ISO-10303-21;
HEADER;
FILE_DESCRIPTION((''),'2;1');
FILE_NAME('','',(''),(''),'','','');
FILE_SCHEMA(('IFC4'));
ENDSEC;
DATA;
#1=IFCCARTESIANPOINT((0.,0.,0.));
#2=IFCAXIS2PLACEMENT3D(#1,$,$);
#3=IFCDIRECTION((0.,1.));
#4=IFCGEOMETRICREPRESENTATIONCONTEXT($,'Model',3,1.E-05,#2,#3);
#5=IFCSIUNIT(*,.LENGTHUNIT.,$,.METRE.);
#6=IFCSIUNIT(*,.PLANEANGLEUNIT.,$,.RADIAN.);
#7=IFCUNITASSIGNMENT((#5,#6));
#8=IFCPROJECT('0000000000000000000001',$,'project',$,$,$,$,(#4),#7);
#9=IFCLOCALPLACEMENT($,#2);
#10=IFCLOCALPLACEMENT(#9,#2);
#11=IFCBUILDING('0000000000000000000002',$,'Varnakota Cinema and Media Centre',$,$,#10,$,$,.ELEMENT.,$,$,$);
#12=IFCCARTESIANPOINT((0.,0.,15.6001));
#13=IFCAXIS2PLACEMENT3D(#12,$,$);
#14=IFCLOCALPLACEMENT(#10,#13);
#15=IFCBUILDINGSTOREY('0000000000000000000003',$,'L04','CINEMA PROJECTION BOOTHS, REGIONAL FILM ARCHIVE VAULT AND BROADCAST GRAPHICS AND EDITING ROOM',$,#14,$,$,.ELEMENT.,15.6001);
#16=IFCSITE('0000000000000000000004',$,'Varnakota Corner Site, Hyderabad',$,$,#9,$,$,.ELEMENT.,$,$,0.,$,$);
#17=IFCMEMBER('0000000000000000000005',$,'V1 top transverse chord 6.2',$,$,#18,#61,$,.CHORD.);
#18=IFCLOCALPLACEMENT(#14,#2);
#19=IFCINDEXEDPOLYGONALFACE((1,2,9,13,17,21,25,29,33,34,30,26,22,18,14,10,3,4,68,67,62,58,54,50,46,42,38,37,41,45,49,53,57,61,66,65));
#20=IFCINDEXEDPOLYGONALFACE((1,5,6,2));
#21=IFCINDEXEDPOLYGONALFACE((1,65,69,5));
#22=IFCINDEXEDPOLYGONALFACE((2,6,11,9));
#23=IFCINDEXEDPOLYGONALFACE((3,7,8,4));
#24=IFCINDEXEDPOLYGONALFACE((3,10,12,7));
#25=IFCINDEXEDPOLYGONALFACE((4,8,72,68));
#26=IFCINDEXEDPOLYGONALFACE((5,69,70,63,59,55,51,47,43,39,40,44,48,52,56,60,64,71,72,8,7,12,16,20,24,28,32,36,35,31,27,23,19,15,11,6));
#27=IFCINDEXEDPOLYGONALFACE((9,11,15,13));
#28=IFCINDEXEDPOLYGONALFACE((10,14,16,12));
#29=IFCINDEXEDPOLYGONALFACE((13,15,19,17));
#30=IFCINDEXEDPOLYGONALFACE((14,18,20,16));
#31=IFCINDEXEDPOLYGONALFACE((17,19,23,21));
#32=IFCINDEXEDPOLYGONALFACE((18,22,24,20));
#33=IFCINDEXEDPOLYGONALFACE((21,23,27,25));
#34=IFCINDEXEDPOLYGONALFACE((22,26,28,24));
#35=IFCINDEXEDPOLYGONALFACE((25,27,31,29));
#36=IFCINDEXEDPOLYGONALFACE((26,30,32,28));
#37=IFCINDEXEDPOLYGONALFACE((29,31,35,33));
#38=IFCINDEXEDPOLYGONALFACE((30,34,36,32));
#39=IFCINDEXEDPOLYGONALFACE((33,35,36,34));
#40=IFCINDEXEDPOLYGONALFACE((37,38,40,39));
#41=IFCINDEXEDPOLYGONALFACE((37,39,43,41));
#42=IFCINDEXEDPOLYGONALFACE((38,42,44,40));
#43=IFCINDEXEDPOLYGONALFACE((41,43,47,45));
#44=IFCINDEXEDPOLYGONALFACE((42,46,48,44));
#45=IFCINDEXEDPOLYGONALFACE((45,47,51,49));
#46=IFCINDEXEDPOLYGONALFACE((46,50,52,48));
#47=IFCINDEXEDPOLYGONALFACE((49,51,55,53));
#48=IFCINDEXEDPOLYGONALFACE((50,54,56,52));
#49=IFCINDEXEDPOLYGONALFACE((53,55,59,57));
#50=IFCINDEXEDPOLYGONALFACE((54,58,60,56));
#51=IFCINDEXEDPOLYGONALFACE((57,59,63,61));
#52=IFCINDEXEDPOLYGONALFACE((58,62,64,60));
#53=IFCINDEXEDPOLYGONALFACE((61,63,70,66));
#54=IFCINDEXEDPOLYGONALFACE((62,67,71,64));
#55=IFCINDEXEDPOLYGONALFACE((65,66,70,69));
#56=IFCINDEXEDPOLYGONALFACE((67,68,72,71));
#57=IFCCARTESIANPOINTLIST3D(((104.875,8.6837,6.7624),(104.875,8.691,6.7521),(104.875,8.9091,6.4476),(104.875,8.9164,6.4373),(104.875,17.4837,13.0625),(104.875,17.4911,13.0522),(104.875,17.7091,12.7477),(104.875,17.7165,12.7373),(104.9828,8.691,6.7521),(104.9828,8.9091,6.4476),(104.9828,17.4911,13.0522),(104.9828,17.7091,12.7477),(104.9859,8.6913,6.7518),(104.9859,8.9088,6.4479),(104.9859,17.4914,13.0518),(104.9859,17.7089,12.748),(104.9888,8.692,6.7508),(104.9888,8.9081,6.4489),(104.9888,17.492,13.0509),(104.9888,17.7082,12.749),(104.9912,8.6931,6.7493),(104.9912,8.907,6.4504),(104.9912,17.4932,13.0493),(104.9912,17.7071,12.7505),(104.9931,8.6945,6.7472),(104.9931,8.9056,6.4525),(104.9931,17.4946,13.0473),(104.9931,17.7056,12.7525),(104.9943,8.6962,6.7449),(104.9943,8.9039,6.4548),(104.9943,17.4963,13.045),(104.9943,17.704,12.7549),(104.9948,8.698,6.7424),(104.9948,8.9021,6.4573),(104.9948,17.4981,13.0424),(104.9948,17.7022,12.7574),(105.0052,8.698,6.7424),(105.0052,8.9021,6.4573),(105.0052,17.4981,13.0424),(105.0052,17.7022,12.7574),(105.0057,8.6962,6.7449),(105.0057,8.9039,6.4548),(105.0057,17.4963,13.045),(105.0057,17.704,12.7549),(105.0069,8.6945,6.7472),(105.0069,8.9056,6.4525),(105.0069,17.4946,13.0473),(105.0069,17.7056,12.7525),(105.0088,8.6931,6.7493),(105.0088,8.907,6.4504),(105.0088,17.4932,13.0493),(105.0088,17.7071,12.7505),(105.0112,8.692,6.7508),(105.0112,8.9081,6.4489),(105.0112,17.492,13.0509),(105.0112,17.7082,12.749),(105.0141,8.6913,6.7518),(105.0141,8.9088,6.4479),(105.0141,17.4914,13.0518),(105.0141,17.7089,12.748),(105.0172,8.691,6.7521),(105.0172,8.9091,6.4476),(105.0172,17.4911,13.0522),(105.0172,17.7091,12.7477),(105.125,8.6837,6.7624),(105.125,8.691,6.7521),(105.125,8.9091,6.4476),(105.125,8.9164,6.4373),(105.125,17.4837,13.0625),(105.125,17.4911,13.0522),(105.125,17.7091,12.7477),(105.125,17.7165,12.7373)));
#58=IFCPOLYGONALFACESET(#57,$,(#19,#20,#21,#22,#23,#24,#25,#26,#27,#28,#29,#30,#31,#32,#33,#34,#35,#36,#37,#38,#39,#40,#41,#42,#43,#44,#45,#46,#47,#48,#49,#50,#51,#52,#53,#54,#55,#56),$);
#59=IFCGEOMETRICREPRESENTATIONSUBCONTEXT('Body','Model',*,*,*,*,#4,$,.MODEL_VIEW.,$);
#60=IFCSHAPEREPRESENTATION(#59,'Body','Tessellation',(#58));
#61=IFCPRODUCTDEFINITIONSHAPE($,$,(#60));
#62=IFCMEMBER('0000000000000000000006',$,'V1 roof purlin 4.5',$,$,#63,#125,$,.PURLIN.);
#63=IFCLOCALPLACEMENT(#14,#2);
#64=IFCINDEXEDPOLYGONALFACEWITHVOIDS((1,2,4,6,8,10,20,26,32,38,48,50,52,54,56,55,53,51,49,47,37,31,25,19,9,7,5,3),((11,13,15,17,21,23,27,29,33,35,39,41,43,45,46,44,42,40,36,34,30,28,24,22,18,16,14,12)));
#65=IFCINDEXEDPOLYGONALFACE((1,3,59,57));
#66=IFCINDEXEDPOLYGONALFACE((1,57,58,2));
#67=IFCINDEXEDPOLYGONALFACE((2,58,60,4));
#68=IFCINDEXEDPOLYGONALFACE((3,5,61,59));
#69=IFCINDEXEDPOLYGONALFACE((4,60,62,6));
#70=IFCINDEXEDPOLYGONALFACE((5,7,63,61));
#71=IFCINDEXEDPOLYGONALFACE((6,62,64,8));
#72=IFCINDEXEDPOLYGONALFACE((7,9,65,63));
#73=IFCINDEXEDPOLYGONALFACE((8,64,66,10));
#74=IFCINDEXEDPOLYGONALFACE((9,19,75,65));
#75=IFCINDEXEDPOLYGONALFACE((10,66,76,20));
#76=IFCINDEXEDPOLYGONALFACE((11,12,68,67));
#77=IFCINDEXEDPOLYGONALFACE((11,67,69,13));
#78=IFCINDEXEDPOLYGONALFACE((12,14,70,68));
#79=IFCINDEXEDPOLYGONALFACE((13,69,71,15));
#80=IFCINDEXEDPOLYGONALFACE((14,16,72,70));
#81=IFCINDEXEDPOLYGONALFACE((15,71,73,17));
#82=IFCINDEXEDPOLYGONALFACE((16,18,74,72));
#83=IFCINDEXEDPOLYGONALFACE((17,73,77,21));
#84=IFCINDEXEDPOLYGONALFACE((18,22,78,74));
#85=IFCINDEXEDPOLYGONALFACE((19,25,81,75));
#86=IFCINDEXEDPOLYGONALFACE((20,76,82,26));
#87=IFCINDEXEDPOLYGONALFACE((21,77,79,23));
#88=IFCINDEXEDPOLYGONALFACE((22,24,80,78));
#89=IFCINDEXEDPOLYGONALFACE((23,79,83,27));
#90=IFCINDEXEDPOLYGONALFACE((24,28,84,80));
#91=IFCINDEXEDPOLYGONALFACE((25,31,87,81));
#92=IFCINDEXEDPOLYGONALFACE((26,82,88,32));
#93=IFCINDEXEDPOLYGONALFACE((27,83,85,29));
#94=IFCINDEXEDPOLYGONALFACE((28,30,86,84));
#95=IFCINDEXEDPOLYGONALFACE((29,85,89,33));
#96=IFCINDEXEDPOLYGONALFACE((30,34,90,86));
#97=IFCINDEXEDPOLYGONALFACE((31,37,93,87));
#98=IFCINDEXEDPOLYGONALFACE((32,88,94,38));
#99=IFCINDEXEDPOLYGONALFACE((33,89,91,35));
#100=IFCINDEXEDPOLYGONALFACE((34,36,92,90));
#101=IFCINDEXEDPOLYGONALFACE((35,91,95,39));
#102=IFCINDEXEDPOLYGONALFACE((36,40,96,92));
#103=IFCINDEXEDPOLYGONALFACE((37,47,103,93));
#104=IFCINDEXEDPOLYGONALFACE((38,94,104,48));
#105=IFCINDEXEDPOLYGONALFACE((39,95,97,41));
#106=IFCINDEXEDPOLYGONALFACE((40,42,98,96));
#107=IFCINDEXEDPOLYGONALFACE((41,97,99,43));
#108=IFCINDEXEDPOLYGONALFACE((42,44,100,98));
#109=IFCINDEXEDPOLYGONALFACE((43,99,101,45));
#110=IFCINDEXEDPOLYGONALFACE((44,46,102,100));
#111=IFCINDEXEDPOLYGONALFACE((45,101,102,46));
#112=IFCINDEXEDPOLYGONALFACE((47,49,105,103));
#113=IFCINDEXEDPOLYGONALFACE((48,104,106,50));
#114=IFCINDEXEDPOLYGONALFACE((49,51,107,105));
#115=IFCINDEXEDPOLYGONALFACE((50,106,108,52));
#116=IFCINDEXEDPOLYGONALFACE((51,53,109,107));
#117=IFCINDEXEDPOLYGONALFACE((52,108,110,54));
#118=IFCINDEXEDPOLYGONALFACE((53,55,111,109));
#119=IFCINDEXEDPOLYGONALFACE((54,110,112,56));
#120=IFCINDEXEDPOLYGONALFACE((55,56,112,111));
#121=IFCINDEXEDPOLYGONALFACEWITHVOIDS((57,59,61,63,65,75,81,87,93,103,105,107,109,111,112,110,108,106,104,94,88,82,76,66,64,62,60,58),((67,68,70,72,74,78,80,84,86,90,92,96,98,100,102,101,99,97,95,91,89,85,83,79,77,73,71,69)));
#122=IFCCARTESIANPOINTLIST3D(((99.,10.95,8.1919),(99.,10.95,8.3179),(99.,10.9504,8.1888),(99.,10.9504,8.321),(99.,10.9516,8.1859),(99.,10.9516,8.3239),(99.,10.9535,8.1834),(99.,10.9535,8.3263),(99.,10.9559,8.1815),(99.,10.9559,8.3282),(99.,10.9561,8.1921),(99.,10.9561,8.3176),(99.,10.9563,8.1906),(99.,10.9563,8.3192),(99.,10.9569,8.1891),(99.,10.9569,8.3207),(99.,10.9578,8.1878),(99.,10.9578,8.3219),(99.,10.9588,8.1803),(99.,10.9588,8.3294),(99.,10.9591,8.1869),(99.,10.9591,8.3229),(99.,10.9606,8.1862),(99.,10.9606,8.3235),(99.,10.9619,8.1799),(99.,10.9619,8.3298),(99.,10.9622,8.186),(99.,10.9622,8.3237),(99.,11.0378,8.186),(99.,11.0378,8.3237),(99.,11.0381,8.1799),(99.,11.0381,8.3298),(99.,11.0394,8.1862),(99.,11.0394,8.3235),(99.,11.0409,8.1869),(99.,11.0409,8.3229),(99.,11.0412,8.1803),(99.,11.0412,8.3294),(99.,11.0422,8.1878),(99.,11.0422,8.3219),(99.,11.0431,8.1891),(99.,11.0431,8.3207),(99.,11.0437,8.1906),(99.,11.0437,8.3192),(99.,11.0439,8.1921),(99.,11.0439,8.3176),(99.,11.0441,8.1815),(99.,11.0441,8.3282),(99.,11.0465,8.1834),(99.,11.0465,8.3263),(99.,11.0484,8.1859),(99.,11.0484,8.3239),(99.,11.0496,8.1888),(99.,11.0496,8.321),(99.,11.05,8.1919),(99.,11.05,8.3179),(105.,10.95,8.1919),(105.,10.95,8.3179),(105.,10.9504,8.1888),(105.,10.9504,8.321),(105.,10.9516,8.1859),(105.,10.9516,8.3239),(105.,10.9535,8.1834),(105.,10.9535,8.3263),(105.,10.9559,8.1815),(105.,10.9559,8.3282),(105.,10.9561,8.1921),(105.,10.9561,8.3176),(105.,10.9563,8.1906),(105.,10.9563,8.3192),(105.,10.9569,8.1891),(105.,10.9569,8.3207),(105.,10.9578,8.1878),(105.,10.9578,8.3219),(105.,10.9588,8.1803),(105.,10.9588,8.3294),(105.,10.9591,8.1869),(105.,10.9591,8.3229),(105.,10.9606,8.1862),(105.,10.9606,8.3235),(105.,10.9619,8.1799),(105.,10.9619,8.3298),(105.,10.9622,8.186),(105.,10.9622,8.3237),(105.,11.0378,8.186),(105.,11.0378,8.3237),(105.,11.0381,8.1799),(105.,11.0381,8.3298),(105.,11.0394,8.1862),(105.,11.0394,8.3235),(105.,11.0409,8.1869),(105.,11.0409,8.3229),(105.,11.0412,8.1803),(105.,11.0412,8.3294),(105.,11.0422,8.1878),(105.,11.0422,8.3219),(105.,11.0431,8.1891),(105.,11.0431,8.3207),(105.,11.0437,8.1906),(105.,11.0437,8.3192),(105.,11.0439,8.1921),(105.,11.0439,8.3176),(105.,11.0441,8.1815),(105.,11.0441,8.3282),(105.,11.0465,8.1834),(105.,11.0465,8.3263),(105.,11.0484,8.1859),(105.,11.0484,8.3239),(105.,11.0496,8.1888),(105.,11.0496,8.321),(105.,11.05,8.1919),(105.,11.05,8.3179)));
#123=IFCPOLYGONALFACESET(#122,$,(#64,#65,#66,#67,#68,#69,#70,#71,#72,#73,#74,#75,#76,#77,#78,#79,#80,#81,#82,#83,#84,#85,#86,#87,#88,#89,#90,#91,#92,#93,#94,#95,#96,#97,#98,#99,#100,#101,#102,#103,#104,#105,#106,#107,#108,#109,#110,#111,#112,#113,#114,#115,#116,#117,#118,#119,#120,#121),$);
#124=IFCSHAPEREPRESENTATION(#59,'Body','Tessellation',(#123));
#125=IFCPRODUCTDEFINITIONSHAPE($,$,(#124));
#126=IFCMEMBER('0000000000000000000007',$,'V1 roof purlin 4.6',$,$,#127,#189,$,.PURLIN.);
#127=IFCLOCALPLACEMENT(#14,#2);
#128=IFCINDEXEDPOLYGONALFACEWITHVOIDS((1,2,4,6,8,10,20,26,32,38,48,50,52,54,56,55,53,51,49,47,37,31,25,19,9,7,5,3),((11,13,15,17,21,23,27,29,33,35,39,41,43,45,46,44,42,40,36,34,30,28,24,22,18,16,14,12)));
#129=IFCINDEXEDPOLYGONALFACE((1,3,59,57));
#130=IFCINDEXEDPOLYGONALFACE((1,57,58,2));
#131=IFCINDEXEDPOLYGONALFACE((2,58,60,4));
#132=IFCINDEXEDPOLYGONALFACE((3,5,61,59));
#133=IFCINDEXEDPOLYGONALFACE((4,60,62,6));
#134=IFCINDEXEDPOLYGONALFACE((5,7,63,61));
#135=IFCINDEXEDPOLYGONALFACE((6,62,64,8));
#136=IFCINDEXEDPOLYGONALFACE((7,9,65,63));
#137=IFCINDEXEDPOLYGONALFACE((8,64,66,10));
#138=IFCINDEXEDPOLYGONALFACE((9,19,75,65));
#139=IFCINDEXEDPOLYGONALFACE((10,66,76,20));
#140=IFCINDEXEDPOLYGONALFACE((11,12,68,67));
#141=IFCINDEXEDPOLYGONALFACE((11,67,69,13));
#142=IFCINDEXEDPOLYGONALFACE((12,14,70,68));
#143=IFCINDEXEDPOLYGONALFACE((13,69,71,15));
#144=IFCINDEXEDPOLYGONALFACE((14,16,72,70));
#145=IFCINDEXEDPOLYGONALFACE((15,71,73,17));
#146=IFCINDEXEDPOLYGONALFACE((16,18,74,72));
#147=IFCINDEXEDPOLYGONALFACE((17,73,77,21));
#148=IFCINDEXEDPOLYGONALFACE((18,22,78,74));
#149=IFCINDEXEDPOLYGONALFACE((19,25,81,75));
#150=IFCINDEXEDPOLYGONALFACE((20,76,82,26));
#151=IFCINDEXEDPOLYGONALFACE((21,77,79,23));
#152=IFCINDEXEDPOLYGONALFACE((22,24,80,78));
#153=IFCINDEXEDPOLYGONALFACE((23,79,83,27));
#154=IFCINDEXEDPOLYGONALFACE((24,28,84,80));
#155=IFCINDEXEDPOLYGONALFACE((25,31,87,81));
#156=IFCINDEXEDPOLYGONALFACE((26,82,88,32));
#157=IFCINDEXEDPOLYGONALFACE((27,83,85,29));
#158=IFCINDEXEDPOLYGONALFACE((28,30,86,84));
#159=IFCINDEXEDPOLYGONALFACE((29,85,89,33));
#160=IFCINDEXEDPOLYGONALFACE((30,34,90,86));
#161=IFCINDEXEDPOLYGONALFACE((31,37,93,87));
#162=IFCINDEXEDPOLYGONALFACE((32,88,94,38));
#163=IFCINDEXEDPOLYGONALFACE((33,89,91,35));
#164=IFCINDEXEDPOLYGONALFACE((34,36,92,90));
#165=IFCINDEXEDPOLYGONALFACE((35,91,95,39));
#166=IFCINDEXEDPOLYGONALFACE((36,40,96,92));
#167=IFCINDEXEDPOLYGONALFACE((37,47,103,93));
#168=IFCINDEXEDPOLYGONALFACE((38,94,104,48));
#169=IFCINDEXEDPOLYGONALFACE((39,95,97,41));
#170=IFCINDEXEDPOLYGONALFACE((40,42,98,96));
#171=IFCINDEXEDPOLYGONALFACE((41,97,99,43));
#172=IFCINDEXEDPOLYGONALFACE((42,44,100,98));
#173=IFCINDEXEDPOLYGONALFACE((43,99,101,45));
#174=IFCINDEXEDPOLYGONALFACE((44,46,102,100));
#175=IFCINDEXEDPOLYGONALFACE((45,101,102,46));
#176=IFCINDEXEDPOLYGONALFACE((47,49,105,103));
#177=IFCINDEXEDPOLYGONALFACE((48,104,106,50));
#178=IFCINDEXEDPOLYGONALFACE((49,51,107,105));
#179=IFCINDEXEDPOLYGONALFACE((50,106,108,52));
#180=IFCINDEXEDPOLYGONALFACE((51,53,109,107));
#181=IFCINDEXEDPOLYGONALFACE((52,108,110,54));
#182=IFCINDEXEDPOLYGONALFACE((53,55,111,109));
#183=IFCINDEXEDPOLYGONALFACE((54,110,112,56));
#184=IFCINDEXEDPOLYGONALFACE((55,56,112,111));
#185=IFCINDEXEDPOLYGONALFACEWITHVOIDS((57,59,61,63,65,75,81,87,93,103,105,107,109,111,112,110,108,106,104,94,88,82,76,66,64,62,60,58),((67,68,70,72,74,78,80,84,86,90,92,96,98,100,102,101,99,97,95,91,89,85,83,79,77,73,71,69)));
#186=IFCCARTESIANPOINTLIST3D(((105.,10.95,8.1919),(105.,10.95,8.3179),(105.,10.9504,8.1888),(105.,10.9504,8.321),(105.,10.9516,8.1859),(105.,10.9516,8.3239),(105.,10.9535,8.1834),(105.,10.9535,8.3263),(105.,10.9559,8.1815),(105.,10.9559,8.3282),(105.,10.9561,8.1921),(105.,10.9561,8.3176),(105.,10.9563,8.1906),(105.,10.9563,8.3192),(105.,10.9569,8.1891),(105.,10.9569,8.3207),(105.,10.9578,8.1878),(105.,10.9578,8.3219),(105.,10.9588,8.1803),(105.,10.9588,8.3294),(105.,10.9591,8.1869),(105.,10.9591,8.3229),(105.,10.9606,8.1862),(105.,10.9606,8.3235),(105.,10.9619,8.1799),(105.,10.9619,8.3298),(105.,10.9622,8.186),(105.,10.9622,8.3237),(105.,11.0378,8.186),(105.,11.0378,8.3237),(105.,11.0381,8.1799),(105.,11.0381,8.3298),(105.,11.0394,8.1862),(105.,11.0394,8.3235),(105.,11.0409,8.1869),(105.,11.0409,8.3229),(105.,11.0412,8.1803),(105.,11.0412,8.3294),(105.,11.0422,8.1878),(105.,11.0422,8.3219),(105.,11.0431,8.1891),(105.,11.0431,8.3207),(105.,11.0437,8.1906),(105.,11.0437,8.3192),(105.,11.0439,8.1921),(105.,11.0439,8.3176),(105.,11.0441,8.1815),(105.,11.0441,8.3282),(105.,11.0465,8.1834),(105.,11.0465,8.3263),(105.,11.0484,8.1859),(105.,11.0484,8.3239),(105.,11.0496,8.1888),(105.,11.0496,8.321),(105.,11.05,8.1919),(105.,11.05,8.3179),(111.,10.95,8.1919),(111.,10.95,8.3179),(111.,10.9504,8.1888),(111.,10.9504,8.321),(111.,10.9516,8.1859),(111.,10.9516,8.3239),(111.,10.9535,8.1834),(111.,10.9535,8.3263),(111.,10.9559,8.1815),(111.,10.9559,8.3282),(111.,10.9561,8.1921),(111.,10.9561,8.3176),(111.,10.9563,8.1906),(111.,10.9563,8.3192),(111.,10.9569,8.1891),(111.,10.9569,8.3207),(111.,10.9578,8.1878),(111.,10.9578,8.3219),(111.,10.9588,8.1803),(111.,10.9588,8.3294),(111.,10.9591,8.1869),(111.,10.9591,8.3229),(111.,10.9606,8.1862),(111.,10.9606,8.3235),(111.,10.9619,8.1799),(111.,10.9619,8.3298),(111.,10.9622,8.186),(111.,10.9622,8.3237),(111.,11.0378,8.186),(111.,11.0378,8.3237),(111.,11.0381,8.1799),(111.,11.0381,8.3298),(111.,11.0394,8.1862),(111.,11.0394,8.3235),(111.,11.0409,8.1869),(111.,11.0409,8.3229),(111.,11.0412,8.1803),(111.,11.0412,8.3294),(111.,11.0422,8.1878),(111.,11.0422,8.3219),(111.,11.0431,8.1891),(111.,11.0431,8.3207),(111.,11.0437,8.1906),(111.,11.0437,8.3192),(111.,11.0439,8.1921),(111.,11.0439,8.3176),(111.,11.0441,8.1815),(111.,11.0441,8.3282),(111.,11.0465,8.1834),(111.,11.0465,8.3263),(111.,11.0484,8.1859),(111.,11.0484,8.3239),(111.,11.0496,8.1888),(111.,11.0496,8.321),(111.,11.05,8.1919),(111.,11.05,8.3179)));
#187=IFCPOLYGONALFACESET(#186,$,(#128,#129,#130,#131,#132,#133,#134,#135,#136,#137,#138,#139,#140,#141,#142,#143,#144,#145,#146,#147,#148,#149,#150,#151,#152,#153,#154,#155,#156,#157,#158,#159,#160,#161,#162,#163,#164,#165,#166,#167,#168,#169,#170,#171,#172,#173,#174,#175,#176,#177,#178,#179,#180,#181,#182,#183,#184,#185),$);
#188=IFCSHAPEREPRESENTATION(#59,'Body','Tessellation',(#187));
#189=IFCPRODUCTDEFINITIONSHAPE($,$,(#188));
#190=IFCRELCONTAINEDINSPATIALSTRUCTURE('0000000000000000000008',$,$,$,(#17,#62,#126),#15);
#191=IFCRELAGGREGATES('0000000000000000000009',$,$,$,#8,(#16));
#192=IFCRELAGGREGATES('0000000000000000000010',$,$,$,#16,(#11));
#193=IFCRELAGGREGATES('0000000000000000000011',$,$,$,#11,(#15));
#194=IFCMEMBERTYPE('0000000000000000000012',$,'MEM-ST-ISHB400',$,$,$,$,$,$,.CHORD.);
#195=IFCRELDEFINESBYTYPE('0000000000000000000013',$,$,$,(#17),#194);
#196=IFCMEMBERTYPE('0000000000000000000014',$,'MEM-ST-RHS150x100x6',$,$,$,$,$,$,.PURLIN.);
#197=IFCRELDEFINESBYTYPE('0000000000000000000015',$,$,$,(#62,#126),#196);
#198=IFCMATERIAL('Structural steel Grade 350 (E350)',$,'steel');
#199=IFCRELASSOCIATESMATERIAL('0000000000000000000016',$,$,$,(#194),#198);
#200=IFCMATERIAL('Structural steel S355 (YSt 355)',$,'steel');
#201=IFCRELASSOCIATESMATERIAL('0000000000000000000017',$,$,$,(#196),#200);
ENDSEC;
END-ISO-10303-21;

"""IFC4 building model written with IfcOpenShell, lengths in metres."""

from ifc_helpers import new_model, si_unit, direction, frame, origin, origin_2d, place, context, subcontext, project, spatial, hollow_rectangle, i_section, extrude, material, material_profile, profile_set, type_object, element, save


model = new_model("IFC4")

# Units and contexts
model_context = context("Model", 3, precision=1e-05, world=origin(), true_north=direction((0.0, 1.0)))
body_context = subcontext(model_context, "Body", "Model", "MODEL_VIEW")
ifc_project = project(units=[si_unit("LENGTHUNIT", "METRE"), si_unit("PLANEANGLEUNIT", "RADIAN")], contexts=[model_context])

# Site, building, storey
site_placement = place(None, origin())
site = spatial("IfcSite", under=ifc_project, at=site_placement, Name="Varnakota Corner Site, Hyderabad", CompositionType="ELEMENT", RefElevation=0.0)
building_placement = place(site_placement, origin())
building = spatial("IfcBuilding", under=site, at=building_placement, Name="Varnakota Cinema and Media Centre", CompositionType="ELEMENT")
storey_placement = place(building_placement, frame((0.0, 0.0, 15.6001)))
storey = spatial("IfcBuildingStorey", under=building, at=storey_placement, Name="L04", Description="CINEMA PROJECTION BOOTHS, REGIONAL FILM ARCHIVE VAULT AND BROADCAST GRAPHICS AND EDITING ROOM", CompositionType="ELEMENT", Elevation=15.6001)

# Members
ifc_material_1 = material(Name="Structural steel Grade 350 (E350)", Category="steel")
ifc_material_profile_1 = material_profile(ifc_material_1, i_section(OverallWidth=0.25, OverallDepth=0.3999, WebThickness=0.0105, FlangeThickness=0.0127, FilletRadius=0.012, at=origin_2d()), Name="ISHB 400")
ifc_profile_set_1 = profile_set([ifc_material_profile_1], Name="Structural steel Grade 350 (E350)")
member_type_1 = type_object("IfcMemberType", Name="MEM-ST-ISHB400", PredefinedType="CHORD", material=ifc_profile_set_1)
member_1_placement = place(storey_placement, frame((105.0, 8.8, 6.5999), z_axis=(0.0, 0.813108, 0.582113), x_axis=(-1.0, 0.0, 0.0)))
element("IfcMember", 1, at=member_1_placement, inside=storey, type_object=member_type_1, Name="V1 top transverse chord 6.2", PredefinedType="CHORD", context=body_context, shape_type="SweptSolid", body=[
    extrude(i_section(OverallWidth=0.25, OverallDepth=0.3999, WebThickness=0.0105, FlangeThickness=0.0127, FilletRadius=0.012, at=origin_2d()), origin(), (0.0, 0.0, 1.0), 10.8228),
])
ifc_material_2 = material(Name="Structural steel S355 (YSt 355)", Category="steel")
ifc_material_profile_2 = material_profile(ifc_material_2, hollow_rectangle(XDim=0.1001, YDim=0.1499, WallThickness=0.0061, InnerFilletRadius=0.0061, OuterFilletRadius=0.012, at=origin_2d()), Name="RHS 150x100x6")
ifc_profile_set_2 = profile_set([ifc_material_profile_2], Name="Structural steel S355 (YSt 355)")
member_type_2 = type_object("IfcMemberType", Name="MEM-ST-RHS150x100x6", PredefinedType="PURLIN", material=ifc_profile_set_2)
for number, where, z_axis, x_axis, name in (
    (2, (99.0, 11.0, 8.2549), (1.0, 0.0, 0.0), (0.0, 1.0, 0.0), "V1 roof purlin 4.5"),
    (3, (105.0, 11.0, 8.2549), (1.0, 0.0, 0.0), (0.0, 1.0, 0.0), "V1 roof purlin 4.6"),
):
    element("IfcMember", number, at=place(storey_placement, frame(where, z_axis=z_axis, x_axis=x_axis)), inside=storey, type_object=member_type_2, Name=name, PredefinedType="PURLIN", context=body_context, shape_type="SweptSolid", body=[
        extrude(hollow_rectangle(XDim=0.1001, YDim=0.1499, WallThickness=0.0061, InnerFilletRadius=0.0061, OuterFilletRadius=0.012, at=origin_2d()), origin(), (0.0, 0.0, 1.0), 6.0),
    ])

save(model, "model.ifc")
